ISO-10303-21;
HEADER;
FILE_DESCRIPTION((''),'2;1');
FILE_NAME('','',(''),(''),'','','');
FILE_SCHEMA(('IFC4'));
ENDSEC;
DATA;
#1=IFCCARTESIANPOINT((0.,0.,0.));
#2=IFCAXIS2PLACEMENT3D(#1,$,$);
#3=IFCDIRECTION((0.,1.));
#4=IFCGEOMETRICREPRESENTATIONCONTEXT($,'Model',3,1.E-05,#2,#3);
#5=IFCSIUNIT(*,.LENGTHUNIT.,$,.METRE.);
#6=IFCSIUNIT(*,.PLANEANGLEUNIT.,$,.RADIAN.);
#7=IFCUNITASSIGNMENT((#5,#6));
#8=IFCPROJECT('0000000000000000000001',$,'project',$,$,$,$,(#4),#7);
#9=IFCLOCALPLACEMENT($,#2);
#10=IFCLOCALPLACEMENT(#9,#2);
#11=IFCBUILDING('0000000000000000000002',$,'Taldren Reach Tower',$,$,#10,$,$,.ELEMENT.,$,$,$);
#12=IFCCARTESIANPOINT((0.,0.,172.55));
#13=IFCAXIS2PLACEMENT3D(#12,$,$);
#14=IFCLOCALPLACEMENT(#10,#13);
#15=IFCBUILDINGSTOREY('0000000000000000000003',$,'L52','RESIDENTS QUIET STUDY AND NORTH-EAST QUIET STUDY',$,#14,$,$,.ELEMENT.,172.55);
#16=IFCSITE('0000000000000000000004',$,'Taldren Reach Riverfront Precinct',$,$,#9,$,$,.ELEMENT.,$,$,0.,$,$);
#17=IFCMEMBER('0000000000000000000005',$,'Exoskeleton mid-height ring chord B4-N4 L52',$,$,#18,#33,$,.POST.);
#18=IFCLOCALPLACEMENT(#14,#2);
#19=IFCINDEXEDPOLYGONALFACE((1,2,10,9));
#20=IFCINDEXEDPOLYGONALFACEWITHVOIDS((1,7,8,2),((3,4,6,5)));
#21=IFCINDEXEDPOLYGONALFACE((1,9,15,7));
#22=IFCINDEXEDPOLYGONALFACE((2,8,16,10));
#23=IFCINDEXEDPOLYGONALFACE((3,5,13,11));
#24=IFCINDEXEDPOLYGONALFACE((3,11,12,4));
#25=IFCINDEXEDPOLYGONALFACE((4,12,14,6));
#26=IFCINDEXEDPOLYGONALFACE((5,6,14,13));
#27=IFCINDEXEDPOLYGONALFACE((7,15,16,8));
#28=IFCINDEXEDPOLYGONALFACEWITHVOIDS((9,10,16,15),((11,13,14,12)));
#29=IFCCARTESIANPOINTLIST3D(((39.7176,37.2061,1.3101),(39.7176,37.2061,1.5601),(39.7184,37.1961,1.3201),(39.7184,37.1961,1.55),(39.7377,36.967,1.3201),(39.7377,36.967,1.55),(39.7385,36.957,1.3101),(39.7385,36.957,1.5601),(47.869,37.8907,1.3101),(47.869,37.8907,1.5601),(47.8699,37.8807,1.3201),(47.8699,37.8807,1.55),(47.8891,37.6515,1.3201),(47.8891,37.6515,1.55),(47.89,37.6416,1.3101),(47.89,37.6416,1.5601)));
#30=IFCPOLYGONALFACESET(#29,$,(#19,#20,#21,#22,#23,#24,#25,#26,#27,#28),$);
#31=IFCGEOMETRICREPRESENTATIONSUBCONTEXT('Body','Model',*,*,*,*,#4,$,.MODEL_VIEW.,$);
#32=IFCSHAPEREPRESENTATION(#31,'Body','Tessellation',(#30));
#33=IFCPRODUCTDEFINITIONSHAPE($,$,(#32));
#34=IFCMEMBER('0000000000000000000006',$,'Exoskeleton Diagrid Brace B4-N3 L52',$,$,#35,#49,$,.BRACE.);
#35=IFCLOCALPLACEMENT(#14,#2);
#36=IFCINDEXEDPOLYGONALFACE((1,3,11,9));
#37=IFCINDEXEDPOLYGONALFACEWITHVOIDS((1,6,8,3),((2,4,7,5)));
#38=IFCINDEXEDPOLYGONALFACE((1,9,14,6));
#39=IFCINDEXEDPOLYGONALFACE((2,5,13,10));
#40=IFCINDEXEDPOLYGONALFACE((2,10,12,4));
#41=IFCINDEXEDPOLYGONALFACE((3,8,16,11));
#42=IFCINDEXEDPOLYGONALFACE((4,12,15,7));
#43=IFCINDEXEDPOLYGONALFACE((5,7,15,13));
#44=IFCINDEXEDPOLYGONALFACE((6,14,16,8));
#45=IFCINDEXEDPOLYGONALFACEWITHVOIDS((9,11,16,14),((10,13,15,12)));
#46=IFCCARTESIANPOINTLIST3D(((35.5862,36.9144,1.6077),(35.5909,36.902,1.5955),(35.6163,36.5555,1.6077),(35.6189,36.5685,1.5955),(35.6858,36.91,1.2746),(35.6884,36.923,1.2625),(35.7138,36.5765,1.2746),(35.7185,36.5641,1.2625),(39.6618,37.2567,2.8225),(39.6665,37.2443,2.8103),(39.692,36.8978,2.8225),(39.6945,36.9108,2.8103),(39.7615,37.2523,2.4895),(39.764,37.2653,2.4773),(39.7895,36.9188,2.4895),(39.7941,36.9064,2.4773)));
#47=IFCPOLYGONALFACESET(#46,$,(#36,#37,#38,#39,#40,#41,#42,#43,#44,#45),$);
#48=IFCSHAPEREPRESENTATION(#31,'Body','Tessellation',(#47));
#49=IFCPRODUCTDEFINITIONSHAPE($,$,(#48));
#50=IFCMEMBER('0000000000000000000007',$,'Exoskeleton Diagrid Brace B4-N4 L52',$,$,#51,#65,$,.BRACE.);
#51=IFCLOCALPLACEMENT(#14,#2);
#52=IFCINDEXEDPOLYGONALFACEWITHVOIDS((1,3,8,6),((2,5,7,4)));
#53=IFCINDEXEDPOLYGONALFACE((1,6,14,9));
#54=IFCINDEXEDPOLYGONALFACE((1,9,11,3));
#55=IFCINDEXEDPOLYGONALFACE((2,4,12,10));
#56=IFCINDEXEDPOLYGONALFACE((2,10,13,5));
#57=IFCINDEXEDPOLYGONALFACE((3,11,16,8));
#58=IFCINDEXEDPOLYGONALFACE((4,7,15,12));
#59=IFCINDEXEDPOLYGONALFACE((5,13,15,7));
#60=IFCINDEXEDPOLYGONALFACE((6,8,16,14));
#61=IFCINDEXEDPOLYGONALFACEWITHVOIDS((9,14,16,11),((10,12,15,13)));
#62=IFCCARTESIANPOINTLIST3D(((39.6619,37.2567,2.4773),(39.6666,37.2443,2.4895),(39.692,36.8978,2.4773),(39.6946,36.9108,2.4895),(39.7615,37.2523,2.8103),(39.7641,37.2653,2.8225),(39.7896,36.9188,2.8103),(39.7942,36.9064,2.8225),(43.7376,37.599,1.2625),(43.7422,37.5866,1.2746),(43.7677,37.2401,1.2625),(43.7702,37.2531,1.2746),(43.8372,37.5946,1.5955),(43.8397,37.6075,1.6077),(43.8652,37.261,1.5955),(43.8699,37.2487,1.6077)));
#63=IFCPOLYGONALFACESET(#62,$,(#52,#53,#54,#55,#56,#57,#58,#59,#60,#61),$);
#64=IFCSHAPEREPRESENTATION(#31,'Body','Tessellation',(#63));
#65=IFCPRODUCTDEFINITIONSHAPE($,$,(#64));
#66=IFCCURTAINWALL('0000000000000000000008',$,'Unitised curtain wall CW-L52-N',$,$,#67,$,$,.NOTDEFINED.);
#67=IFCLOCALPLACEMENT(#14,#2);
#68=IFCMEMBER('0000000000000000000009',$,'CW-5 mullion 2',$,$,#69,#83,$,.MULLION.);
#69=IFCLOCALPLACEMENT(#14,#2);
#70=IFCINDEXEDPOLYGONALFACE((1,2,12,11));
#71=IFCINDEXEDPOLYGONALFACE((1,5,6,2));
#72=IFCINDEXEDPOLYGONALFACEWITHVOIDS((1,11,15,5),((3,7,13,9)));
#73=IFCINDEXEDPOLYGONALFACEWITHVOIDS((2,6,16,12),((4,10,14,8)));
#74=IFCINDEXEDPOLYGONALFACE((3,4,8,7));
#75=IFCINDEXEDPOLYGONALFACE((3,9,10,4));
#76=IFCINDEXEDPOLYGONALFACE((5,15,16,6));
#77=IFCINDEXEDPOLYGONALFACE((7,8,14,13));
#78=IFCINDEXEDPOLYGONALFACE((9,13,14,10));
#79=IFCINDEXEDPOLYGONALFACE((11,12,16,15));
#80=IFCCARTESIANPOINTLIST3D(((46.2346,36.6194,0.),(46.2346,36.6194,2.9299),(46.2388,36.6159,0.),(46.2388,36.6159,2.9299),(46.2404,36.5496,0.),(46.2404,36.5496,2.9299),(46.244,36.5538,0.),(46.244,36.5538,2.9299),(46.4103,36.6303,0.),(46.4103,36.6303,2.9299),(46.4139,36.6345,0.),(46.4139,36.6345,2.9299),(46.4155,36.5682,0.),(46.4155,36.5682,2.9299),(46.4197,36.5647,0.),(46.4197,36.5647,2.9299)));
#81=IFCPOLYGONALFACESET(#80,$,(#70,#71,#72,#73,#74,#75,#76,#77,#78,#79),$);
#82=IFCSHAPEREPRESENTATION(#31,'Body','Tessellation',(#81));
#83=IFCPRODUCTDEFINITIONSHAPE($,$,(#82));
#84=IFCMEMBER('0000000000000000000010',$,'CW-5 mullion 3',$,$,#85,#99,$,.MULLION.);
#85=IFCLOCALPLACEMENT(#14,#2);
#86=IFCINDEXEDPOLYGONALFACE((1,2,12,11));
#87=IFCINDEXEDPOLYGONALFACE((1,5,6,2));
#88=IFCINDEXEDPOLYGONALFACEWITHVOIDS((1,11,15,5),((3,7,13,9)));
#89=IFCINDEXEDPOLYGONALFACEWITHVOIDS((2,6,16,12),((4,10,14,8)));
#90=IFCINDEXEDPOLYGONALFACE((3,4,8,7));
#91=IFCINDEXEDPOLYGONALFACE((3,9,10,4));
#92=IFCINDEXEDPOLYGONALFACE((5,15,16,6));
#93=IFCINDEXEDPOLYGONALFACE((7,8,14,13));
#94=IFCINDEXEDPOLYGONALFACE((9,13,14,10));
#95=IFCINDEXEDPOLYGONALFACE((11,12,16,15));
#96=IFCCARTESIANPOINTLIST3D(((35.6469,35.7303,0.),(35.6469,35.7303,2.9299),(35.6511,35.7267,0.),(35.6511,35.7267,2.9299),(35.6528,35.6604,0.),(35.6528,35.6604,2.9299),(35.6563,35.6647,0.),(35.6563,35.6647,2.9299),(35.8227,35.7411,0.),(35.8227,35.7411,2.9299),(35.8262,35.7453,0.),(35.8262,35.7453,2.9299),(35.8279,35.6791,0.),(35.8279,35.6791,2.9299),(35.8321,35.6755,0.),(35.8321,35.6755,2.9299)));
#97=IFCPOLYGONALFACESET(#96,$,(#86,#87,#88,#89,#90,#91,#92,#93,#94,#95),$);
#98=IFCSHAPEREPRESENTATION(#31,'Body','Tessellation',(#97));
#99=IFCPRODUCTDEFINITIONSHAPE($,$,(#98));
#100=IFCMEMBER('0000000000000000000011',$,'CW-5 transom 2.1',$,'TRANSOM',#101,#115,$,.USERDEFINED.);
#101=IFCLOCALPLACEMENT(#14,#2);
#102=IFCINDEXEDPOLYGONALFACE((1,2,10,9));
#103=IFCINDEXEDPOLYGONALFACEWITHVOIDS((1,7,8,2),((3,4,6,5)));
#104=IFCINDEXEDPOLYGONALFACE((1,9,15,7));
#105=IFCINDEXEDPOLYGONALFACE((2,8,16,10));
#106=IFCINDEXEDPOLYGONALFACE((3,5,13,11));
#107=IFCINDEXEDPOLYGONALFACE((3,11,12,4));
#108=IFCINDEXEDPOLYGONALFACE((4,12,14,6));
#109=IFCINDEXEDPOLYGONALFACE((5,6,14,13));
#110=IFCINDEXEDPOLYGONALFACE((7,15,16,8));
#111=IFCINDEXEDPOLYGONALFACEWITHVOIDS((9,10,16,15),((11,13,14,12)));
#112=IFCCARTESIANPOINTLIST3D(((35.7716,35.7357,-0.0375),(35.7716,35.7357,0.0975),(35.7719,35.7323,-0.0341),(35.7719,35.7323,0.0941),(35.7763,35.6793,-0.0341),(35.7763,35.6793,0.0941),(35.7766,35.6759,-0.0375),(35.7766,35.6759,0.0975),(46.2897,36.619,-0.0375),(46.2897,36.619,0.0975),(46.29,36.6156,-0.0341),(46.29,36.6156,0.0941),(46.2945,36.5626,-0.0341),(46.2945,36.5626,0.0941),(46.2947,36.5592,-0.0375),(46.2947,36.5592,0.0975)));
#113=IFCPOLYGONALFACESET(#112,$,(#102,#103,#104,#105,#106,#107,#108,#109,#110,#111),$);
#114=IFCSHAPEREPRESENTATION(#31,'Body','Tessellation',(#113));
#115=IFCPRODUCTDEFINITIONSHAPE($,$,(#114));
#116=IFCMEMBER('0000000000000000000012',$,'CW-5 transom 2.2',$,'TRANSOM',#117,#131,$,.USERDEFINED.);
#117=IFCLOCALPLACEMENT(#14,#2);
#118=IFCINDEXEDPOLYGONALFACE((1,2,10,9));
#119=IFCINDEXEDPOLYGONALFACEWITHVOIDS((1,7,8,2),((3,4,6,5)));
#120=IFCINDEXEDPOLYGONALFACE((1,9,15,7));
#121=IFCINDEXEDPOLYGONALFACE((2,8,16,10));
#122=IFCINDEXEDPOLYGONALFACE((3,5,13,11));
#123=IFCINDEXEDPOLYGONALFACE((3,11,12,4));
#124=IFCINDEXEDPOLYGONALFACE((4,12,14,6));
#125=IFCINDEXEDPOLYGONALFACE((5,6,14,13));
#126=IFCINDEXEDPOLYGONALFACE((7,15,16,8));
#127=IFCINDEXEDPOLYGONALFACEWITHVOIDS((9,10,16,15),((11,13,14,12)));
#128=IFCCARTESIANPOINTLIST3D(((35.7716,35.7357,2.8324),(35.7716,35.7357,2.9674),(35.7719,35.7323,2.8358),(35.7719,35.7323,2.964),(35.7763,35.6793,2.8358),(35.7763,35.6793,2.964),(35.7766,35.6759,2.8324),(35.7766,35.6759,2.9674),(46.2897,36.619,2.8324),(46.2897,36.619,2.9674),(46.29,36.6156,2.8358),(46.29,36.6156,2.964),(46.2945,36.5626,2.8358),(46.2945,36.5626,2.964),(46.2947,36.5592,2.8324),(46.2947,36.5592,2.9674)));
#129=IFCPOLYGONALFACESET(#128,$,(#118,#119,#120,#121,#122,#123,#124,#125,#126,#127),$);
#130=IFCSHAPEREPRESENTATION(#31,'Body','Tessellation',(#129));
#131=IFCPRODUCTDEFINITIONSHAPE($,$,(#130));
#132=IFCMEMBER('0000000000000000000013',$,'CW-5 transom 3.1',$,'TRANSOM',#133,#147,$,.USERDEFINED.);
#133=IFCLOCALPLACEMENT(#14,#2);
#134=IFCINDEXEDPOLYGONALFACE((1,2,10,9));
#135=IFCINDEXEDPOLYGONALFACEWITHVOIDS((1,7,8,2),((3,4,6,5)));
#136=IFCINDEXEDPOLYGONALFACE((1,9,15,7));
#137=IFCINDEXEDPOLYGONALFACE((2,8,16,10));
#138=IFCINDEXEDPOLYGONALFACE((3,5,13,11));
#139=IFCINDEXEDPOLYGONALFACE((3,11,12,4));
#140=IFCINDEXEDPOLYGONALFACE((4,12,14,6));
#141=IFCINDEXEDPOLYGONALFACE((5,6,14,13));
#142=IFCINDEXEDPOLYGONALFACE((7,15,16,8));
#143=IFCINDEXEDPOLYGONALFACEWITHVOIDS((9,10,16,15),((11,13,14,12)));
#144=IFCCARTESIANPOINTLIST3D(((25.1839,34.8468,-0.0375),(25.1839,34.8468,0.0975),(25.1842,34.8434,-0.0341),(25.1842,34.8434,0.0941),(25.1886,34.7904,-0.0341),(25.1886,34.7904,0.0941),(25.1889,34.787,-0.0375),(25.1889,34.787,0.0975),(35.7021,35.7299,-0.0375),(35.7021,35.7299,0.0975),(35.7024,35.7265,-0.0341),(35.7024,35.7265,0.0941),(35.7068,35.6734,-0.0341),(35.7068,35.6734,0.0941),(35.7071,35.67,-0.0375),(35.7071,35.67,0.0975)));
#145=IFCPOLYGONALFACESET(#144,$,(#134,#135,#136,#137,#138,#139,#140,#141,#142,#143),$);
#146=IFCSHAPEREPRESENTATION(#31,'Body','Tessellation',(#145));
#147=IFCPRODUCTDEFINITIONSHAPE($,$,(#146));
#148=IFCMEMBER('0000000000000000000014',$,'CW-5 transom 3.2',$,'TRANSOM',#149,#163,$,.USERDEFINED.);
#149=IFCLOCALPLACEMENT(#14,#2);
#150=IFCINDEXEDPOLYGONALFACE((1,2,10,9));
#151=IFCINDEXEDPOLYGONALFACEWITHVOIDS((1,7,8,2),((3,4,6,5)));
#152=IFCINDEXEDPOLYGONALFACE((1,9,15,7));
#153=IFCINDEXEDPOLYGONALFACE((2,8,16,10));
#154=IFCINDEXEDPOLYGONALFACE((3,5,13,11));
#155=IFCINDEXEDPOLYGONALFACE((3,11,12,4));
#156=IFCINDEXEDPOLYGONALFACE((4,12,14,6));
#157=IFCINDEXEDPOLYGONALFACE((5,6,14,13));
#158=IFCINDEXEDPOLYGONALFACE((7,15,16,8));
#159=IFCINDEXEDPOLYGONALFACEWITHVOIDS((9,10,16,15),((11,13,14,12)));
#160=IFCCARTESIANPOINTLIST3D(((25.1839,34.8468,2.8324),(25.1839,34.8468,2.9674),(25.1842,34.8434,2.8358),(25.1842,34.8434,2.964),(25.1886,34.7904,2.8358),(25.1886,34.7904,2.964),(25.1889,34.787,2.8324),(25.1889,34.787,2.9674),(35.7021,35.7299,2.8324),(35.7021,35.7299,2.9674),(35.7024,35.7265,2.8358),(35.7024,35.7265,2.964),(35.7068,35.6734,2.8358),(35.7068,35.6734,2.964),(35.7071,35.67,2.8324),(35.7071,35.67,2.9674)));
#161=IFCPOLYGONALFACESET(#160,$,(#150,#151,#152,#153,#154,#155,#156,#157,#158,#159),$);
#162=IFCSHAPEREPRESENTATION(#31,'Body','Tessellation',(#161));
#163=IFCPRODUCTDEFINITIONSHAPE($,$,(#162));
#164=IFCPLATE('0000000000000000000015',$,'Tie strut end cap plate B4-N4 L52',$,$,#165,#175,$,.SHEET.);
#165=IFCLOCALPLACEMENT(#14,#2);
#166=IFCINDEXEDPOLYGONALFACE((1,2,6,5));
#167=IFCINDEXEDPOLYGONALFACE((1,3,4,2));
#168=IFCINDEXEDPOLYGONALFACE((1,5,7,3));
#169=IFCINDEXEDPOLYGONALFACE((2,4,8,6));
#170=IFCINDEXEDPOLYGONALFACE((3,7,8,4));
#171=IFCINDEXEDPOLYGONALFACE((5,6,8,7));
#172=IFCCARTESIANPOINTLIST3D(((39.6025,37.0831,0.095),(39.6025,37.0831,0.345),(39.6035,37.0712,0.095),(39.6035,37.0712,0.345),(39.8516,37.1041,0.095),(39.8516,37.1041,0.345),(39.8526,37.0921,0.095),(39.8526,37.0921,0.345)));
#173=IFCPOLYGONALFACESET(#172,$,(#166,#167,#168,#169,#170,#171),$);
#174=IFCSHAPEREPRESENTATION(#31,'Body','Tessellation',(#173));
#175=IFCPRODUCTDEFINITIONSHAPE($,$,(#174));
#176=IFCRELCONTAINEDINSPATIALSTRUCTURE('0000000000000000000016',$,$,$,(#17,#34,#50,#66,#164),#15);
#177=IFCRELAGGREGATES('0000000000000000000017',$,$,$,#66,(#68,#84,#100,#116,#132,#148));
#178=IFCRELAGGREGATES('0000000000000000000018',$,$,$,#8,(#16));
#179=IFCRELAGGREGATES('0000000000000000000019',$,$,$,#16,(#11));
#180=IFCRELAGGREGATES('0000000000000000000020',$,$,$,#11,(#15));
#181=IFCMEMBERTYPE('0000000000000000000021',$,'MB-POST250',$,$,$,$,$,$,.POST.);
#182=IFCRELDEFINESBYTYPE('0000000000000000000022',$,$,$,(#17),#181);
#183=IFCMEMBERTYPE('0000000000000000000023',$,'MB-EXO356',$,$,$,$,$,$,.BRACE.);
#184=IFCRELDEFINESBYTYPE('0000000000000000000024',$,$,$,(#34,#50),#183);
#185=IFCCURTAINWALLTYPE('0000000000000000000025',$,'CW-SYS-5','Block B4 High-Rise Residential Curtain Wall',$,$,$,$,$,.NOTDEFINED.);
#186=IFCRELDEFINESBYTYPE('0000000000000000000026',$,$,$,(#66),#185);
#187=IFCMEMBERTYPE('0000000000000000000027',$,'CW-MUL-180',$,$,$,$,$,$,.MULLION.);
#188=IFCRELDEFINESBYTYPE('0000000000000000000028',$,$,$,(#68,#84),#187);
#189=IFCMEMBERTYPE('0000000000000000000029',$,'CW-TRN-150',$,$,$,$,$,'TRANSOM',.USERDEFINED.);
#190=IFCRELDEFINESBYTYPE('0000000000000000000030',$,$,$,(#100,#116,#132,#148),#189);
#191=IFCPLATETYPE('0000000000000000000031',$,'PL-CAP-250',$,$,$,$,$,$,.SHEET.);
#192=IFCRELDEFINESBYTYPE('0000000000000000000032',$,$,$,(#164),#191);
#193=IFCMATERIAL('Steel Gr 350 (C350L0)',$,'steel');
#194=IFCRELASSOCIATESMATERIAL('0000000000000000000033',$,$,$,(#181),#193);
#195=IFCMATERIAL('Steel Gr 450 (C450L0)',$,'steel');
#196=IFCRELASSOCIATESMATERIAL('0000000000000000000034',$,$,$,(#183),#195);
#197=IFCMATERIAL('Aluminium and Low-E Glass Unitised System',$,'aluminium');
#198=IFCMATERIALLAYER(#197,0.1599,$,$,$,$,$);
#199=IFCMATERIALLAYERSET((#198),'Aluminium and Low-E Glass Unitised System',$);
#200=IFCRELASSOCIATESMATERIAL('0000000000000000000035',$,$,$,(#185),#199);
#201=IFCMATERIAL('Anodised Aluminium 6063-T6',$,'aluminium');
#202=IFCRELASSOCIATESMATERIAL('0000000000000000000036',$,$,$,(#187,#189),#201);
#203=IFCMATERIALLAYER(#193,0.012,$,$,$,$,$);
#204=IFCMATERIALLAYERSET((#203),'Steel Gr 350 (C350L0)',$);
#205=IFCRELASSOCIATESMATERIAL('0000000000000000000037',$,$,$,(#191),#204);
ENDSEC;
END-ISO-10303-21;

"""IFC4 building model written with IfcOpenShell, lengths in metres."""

from ifc_helpers import new_model, si_unit, direction, frame, origin, origin_2d, place, context, subcontext, project, spatial, rectangle, hollow_rectangle, extrude, source, transform, mapped, material, layer, layer_set, material_profile, profile_set, type_object, element, aggregate, save


model = new_model("IFC4")

# Units and contexts
model_context = context("Model", 3, precision=1e-05, world=origin(), true_north=direction((0.0, 1.0)))
body_context = subcontext(model_context, "Body", "Model", "MODEL_VIEW")
ifc_project = project(units=[si_unit("LENGTHUNIT", "METRE"), si_unit("PLANEANGLEUNIT", "RADIAN")], contexts=[model_context])

# Site, building, storey
site_placement = place(None, origin())
site = spatial("IfcSite", under=ifc_project, at=site_placement, Name="Taldren Reach Riverfront Precinct", CompositionType="ELEMENT", RefElevation=0.0)
building_placement = place(site_placement, origin())
building = spatial("IfcBuilding", under=site, at=building_placement, Name="Taldren Reach Tower", CompositionType="ELEMENT")
storey_placement = place(building_placement, frame((0.0, 0.0, 172.55)))
storey = spatial("IfcBuildingStorey", under=building, at=storey_placement, Name="L52", Description="RESIDENTS QUIET STUDY AND NORTH-EAST QUIET STUDY", CompositionType="ELEMENT", Elevation=172.55)

# Shared definitions
ifc_material_1 = material(Name="Steel Gr 450 (C450L0)", Category="steel")

# Shared definitions
ifc_material_2 = material(Name="Steel Gr 350 (C350L0)", Category="steel")
ifc_material_profile_1 = material_profile(ifc_material_2, hollow_rectangle(XDim=0.25, YDim=0.25, WallThickness=0.01, at=origin_2d()), Name="250x250x10.0SHS")
ifc_profile_set_1 = profile_set([ifc_material_profile_1], Name="Steel Gr 350 (C350L0)")
member_type_1 = type_object("IfcMemberType", Name="MB-POST250", PredefinedType="POST", material=ifc_profile_set_1)

# Members
shared_shape_1 = source(origin(), body_context, "Body", "SweptSolid", [
    extrude(hollow_rectangle(XDim=0.25, YDim=0.25, WallThickness=0.01, at=origin_2d()), origin(), (0.0, 0.0, 1.0), 8.1802),
])
member_1_placement = place(storey_placement, frame((39.728, 37.0815, 1.4351), z_axis=(0.996492, 0.083688, 0.0), x_axis=(-0.083688, 0.996492, 0.0)))
element("IfcMember", 1, at=member_1_placement, inside=storey, type_object=member_type_1, Name="Exoskeleton mid-height ring chord B4-N4 L52", PredefinedType="POST", context=body_context, shape_type="MappedRepresentation", body=[
    mapped(shared_shape_1, transform((0.0, 0.0, 0.0), scale=1.0)),
])
ifc_material_profile_2 = material_profile(ifc_material_1, hollow_rectangle(XDim=0.3601, YDim=0.3601, WallThickness=0.0127, at=origin_2d()), Name="360x360x12.7SHS")
ifc_profile_set_2 = profile_set([ifc_material_profile_2], Name="Steel Gr 450 (C450L0)")
member_type_2 = type_object("IfcMemberType", Name="MB-EXO356", PredefinedType="BRACE", material=ifc_profile_set_2)
shared_shape_2 = source(origin(), body_context, "Body", "SweptSolid", [
    extrude(hollow_rectangle(XDim=0.3601, YDim=0.3601, WallThickness=0.0127, at=origin_2d()), origin(), (0.0, 0.0, 1.0), 4.2666),
])
for number, where, z_axis, x_axis, name in (
    (2, (35.6523, 36.7393, 1.4351), (0.955245, 0.080224, 0.284731), (-0.083688, 0.996492, 0.0), "Exoskeleton Diagrid Brace B4-N3 L52"),
    (3, (43.8037, 37.4238, 1.4351), (-0.955245, -0.080224, 0.284731), (0.083688, -0.996492, 0.0), "Exoskeleton Diagrid Brace B4-N4 L52"),
):
    element("IfcMember", number, at=place(storey_placement, frame(where, z_axis=z_axis, x_axis=x_axis)), inside=storey, type_object=member_type_2, Name=name, PredefinedType="BRACE", context=body_context, shape_type="MappedRepresentation", body=[
        mapped(shared_shape_2, transform((0.0, 0.0, 0.0), scale=1.0)),
    ])

# Curtain wall, members
ifc_material_3 = material(Name="Aluminium and Low-E Glass Unitised System", Category="aluminium")
ifc_layer_1 = layer(ifc_material_3, 0.1599)
ifc_layer_set_1 = layer_set([ifc_layer_1], Name="Aluminium and Low-E Glass Unitised System")
curtain_wall_type = type_object("IfcCurtainWallType", Name="CW-SYS-5", Description="Block B4 High-Rise Residential Curtain Wall", PredefinedType="NOTDEFINED", material=ifc_layer_set_1)
curtain_wall_placement = place(storey_placement, origin())
curtain_wall = element("IfcCurtainWall", 4, at=curtain_wall_placement, inside=storey, type_object=curtain_wall_type, Name="Unitised curtain wall CW-L52-N", PredefinedType="NOTDEFINED")
ifc_material_4 = material(Name="Anodised Aluminium 6063-T6", Category="aluminium")
ifc_material_profile_3 = material_profile(ifc_material_4, hollow_rectangle(XDim=0.0701, YDim=0.1799, WallThickness=0.0039, at=origin_2d()), Name="ALU-180x70x4RHS")
ifc_profile_set_3 = profile_set([ifc_material_profile_3], Name="Anodised Aluminium 6063-T6")
member_type_3 = type_object("IfcMemberType", Name="CW-MUL-180", PredefinedType="MULLION", material=ifc_profile_set_3)
shared_shape_3 = source(origin(), body_context, "Body", "SweptSolid", [
    extrude(hollow_rectangle(XDim=0.0701, YDim=0.1799, WallThickness=0.0039, at=origin_2d()), origin(), (0.0, 0.0, 1.0), 2.9299),
])
member_2_placement = place(storey_placement, frame((46.3271, 36.592, 0.0), z_axis=(0.0, 0.0, 1.0), x_axis=(0.083678, -0.996493, 0.0)))
member_2 = element("IfcMember", 5, at=member_2_placement, type_object=member_type_3, Name="CW-5 mullion 2", PredefinedType="MULLION", context=body_context, shape_type="MappedRepresentation", body=[
    mapped(shared_shape_3, transform((0.0, 0.0, 0.0), scale=1.0)),
])
member_3_placement = place(storey_placement, frame((35.7395, 35.7029, 0.0), z_axis=(0.0, 0.0, 1.0), x_axis=(0.083678, -0.996493, 0.0)))
member_3 = element("IfcMember", 6, at=member_3_placement, type_object=member_type_3, Name="CW-5 mullion 3", PredefinedType="MULLION", context=body_context, shape_type="MappedRepresentation", body=[
    mapped(shared_shape_3, transform((0.0, 0.0, 0.0), scale=1.0)),
])
ifc_material_profile_4 = material_profile(ifc_material_4, hollow_rectangle(XDim=0.0601, YDim=0.135, WallThickness=0.0034, at=origin_2d()), Name="ALU-135x60x3.5RHS")
ifc_profile_set_4 = profile_set([ifc_material_profile_4], Name="Anodised Aluminium 6063-T6")
member_type_4 = type_object("IfcMemberType", Name="CW-TRN-150", ElementType="TRANSOM", PredefinedType="USERDEFINED", material=ifc_profile_set_4)
shared_shape_4 = source(origin(), body_context, "Body", "SweptSolid", [
    extrude(hollow_rectangle(XDim=0.0601, YDim=0.135, WallThickness=0.0034, at=origin_2d()), origin(), (0.0, 0.0, 1.0), 10.5552),
])
member_4_placement = place(storey_placement, frame((46.2922, 36.5891, 0.03), z_axis=(-0.996492, -0.083685, 0.0), x_axis=(0.083685, -0.996492, 0.0)))
member_4 = element("IfcMember", 7, at=member_4_placement, type_object=member_type_4, Name="CW-5 transom 2.1", ObjectType="TRANSOM", PredefinedType="USERDEFINED", context=body_context, shape_type="MappedRepresentation", body=[
    mapped(shared_shape_4, transform((0.0, 0.0, 0.0), scale=1.0)),
])
member_5_placement = place(storey_placement, frame((46.2922, 36.5891, 2.8999), z_axis=(-0.996492, -0.083685, 0.0), x_axis=(0.083685, -0.996492, 0.0)))
member_5 = element("IfcMember", 8, at=member_5_placement, type_object=member_type_4, Name="CW-5 transom 2.2", ObjectType="TRANSOM", PredefinedType="USERDEFINED", context=body_context, shape_type="MappedRepresentation", body=[
    mapped(shared_shape_4, transform((0.0, 0.0, 0.0), scale=1.0)),
])
member_6_placement = place(storey_placement, frame((35.7046, 35.7, 0.03), z_axis=(-0.996494, -0.083662, 0.0), x_axis=(0.083662, -0.996494, 0.0)))
member_6 = element("IfcMember", 9, at=member_6_placement, type_object=member_type_4, Name="CW-5 transom 3.1", ObjectType="TRANSOM", PredefinedType="USERDEFINED", context=body_context, shape_type="MappedRepresentation", body=[
    mapped(shared_shape_4, transform((0.0, 0.0, 0.0), scale=1.0)),
])
member_7_placement = place(storey_placement, frame((35.7046, 35.7, 2.8999), z_axis=(-0.996494, -0.083662, 0.0), x_axis=(0.083662, -0.996494, 0.0)))
member_7 = element("IfcMember", 10, at=member_7_placement, type_object=member_type_4, Name="CW-5 transom 3.2", ObjectType="TRANSOM", PredefinedType="USERDEFINED", context=body_context, shape_type="MappedRepresentation", body=[
    mapped(shared_shape_4, transform((0.0, 0.0, 0.0), scale=1.0)),
])

# Plate
ifc_layer_2 = layer(ifc_material_2, 0.012)
ifc_layer_set_2 = layer_set([ifc_layer_2], Name="Steel Gr 350 (C350L0)")
plate_type_1 = type_object("IfcPlateType", Name="PL-CAP-250", PredefinedType="SHEET", material=ifc_layer_set_2)
shared_shape_5 = source(origin(), body_context, "Body", "SweptSolid", [
    extrude(rectangle(XDim=0.25, YDim=0.012, at=origin_2d()), origin(), (0.0, 0.0, 1.0), 0.25),
])
plate_1_placement = place(storey_placement, frame((39.7275, 37.0876, 0.095), z_axis=(0.0, 0.0, 1.0), x_axis=(0.996493, 0.083678, 0.0)))
element("IfcPlate", 11, at=plate_1_placement, inside=storey, type_object=plate_type_1, Name="Tie strut end cap plate B4-N4 L52", PredefinedType="SHEET", context=body_context, shape_type="MappedRepresentation", body=[
    mapped(shared_shape_5, transform((0.0, 0.0, 0.0), scale=1.0)),
])

aggregate(curtain_wall, [member_2, member_3, member_4, member_5, member_6, member_7])

save(model, "model.ifc")
